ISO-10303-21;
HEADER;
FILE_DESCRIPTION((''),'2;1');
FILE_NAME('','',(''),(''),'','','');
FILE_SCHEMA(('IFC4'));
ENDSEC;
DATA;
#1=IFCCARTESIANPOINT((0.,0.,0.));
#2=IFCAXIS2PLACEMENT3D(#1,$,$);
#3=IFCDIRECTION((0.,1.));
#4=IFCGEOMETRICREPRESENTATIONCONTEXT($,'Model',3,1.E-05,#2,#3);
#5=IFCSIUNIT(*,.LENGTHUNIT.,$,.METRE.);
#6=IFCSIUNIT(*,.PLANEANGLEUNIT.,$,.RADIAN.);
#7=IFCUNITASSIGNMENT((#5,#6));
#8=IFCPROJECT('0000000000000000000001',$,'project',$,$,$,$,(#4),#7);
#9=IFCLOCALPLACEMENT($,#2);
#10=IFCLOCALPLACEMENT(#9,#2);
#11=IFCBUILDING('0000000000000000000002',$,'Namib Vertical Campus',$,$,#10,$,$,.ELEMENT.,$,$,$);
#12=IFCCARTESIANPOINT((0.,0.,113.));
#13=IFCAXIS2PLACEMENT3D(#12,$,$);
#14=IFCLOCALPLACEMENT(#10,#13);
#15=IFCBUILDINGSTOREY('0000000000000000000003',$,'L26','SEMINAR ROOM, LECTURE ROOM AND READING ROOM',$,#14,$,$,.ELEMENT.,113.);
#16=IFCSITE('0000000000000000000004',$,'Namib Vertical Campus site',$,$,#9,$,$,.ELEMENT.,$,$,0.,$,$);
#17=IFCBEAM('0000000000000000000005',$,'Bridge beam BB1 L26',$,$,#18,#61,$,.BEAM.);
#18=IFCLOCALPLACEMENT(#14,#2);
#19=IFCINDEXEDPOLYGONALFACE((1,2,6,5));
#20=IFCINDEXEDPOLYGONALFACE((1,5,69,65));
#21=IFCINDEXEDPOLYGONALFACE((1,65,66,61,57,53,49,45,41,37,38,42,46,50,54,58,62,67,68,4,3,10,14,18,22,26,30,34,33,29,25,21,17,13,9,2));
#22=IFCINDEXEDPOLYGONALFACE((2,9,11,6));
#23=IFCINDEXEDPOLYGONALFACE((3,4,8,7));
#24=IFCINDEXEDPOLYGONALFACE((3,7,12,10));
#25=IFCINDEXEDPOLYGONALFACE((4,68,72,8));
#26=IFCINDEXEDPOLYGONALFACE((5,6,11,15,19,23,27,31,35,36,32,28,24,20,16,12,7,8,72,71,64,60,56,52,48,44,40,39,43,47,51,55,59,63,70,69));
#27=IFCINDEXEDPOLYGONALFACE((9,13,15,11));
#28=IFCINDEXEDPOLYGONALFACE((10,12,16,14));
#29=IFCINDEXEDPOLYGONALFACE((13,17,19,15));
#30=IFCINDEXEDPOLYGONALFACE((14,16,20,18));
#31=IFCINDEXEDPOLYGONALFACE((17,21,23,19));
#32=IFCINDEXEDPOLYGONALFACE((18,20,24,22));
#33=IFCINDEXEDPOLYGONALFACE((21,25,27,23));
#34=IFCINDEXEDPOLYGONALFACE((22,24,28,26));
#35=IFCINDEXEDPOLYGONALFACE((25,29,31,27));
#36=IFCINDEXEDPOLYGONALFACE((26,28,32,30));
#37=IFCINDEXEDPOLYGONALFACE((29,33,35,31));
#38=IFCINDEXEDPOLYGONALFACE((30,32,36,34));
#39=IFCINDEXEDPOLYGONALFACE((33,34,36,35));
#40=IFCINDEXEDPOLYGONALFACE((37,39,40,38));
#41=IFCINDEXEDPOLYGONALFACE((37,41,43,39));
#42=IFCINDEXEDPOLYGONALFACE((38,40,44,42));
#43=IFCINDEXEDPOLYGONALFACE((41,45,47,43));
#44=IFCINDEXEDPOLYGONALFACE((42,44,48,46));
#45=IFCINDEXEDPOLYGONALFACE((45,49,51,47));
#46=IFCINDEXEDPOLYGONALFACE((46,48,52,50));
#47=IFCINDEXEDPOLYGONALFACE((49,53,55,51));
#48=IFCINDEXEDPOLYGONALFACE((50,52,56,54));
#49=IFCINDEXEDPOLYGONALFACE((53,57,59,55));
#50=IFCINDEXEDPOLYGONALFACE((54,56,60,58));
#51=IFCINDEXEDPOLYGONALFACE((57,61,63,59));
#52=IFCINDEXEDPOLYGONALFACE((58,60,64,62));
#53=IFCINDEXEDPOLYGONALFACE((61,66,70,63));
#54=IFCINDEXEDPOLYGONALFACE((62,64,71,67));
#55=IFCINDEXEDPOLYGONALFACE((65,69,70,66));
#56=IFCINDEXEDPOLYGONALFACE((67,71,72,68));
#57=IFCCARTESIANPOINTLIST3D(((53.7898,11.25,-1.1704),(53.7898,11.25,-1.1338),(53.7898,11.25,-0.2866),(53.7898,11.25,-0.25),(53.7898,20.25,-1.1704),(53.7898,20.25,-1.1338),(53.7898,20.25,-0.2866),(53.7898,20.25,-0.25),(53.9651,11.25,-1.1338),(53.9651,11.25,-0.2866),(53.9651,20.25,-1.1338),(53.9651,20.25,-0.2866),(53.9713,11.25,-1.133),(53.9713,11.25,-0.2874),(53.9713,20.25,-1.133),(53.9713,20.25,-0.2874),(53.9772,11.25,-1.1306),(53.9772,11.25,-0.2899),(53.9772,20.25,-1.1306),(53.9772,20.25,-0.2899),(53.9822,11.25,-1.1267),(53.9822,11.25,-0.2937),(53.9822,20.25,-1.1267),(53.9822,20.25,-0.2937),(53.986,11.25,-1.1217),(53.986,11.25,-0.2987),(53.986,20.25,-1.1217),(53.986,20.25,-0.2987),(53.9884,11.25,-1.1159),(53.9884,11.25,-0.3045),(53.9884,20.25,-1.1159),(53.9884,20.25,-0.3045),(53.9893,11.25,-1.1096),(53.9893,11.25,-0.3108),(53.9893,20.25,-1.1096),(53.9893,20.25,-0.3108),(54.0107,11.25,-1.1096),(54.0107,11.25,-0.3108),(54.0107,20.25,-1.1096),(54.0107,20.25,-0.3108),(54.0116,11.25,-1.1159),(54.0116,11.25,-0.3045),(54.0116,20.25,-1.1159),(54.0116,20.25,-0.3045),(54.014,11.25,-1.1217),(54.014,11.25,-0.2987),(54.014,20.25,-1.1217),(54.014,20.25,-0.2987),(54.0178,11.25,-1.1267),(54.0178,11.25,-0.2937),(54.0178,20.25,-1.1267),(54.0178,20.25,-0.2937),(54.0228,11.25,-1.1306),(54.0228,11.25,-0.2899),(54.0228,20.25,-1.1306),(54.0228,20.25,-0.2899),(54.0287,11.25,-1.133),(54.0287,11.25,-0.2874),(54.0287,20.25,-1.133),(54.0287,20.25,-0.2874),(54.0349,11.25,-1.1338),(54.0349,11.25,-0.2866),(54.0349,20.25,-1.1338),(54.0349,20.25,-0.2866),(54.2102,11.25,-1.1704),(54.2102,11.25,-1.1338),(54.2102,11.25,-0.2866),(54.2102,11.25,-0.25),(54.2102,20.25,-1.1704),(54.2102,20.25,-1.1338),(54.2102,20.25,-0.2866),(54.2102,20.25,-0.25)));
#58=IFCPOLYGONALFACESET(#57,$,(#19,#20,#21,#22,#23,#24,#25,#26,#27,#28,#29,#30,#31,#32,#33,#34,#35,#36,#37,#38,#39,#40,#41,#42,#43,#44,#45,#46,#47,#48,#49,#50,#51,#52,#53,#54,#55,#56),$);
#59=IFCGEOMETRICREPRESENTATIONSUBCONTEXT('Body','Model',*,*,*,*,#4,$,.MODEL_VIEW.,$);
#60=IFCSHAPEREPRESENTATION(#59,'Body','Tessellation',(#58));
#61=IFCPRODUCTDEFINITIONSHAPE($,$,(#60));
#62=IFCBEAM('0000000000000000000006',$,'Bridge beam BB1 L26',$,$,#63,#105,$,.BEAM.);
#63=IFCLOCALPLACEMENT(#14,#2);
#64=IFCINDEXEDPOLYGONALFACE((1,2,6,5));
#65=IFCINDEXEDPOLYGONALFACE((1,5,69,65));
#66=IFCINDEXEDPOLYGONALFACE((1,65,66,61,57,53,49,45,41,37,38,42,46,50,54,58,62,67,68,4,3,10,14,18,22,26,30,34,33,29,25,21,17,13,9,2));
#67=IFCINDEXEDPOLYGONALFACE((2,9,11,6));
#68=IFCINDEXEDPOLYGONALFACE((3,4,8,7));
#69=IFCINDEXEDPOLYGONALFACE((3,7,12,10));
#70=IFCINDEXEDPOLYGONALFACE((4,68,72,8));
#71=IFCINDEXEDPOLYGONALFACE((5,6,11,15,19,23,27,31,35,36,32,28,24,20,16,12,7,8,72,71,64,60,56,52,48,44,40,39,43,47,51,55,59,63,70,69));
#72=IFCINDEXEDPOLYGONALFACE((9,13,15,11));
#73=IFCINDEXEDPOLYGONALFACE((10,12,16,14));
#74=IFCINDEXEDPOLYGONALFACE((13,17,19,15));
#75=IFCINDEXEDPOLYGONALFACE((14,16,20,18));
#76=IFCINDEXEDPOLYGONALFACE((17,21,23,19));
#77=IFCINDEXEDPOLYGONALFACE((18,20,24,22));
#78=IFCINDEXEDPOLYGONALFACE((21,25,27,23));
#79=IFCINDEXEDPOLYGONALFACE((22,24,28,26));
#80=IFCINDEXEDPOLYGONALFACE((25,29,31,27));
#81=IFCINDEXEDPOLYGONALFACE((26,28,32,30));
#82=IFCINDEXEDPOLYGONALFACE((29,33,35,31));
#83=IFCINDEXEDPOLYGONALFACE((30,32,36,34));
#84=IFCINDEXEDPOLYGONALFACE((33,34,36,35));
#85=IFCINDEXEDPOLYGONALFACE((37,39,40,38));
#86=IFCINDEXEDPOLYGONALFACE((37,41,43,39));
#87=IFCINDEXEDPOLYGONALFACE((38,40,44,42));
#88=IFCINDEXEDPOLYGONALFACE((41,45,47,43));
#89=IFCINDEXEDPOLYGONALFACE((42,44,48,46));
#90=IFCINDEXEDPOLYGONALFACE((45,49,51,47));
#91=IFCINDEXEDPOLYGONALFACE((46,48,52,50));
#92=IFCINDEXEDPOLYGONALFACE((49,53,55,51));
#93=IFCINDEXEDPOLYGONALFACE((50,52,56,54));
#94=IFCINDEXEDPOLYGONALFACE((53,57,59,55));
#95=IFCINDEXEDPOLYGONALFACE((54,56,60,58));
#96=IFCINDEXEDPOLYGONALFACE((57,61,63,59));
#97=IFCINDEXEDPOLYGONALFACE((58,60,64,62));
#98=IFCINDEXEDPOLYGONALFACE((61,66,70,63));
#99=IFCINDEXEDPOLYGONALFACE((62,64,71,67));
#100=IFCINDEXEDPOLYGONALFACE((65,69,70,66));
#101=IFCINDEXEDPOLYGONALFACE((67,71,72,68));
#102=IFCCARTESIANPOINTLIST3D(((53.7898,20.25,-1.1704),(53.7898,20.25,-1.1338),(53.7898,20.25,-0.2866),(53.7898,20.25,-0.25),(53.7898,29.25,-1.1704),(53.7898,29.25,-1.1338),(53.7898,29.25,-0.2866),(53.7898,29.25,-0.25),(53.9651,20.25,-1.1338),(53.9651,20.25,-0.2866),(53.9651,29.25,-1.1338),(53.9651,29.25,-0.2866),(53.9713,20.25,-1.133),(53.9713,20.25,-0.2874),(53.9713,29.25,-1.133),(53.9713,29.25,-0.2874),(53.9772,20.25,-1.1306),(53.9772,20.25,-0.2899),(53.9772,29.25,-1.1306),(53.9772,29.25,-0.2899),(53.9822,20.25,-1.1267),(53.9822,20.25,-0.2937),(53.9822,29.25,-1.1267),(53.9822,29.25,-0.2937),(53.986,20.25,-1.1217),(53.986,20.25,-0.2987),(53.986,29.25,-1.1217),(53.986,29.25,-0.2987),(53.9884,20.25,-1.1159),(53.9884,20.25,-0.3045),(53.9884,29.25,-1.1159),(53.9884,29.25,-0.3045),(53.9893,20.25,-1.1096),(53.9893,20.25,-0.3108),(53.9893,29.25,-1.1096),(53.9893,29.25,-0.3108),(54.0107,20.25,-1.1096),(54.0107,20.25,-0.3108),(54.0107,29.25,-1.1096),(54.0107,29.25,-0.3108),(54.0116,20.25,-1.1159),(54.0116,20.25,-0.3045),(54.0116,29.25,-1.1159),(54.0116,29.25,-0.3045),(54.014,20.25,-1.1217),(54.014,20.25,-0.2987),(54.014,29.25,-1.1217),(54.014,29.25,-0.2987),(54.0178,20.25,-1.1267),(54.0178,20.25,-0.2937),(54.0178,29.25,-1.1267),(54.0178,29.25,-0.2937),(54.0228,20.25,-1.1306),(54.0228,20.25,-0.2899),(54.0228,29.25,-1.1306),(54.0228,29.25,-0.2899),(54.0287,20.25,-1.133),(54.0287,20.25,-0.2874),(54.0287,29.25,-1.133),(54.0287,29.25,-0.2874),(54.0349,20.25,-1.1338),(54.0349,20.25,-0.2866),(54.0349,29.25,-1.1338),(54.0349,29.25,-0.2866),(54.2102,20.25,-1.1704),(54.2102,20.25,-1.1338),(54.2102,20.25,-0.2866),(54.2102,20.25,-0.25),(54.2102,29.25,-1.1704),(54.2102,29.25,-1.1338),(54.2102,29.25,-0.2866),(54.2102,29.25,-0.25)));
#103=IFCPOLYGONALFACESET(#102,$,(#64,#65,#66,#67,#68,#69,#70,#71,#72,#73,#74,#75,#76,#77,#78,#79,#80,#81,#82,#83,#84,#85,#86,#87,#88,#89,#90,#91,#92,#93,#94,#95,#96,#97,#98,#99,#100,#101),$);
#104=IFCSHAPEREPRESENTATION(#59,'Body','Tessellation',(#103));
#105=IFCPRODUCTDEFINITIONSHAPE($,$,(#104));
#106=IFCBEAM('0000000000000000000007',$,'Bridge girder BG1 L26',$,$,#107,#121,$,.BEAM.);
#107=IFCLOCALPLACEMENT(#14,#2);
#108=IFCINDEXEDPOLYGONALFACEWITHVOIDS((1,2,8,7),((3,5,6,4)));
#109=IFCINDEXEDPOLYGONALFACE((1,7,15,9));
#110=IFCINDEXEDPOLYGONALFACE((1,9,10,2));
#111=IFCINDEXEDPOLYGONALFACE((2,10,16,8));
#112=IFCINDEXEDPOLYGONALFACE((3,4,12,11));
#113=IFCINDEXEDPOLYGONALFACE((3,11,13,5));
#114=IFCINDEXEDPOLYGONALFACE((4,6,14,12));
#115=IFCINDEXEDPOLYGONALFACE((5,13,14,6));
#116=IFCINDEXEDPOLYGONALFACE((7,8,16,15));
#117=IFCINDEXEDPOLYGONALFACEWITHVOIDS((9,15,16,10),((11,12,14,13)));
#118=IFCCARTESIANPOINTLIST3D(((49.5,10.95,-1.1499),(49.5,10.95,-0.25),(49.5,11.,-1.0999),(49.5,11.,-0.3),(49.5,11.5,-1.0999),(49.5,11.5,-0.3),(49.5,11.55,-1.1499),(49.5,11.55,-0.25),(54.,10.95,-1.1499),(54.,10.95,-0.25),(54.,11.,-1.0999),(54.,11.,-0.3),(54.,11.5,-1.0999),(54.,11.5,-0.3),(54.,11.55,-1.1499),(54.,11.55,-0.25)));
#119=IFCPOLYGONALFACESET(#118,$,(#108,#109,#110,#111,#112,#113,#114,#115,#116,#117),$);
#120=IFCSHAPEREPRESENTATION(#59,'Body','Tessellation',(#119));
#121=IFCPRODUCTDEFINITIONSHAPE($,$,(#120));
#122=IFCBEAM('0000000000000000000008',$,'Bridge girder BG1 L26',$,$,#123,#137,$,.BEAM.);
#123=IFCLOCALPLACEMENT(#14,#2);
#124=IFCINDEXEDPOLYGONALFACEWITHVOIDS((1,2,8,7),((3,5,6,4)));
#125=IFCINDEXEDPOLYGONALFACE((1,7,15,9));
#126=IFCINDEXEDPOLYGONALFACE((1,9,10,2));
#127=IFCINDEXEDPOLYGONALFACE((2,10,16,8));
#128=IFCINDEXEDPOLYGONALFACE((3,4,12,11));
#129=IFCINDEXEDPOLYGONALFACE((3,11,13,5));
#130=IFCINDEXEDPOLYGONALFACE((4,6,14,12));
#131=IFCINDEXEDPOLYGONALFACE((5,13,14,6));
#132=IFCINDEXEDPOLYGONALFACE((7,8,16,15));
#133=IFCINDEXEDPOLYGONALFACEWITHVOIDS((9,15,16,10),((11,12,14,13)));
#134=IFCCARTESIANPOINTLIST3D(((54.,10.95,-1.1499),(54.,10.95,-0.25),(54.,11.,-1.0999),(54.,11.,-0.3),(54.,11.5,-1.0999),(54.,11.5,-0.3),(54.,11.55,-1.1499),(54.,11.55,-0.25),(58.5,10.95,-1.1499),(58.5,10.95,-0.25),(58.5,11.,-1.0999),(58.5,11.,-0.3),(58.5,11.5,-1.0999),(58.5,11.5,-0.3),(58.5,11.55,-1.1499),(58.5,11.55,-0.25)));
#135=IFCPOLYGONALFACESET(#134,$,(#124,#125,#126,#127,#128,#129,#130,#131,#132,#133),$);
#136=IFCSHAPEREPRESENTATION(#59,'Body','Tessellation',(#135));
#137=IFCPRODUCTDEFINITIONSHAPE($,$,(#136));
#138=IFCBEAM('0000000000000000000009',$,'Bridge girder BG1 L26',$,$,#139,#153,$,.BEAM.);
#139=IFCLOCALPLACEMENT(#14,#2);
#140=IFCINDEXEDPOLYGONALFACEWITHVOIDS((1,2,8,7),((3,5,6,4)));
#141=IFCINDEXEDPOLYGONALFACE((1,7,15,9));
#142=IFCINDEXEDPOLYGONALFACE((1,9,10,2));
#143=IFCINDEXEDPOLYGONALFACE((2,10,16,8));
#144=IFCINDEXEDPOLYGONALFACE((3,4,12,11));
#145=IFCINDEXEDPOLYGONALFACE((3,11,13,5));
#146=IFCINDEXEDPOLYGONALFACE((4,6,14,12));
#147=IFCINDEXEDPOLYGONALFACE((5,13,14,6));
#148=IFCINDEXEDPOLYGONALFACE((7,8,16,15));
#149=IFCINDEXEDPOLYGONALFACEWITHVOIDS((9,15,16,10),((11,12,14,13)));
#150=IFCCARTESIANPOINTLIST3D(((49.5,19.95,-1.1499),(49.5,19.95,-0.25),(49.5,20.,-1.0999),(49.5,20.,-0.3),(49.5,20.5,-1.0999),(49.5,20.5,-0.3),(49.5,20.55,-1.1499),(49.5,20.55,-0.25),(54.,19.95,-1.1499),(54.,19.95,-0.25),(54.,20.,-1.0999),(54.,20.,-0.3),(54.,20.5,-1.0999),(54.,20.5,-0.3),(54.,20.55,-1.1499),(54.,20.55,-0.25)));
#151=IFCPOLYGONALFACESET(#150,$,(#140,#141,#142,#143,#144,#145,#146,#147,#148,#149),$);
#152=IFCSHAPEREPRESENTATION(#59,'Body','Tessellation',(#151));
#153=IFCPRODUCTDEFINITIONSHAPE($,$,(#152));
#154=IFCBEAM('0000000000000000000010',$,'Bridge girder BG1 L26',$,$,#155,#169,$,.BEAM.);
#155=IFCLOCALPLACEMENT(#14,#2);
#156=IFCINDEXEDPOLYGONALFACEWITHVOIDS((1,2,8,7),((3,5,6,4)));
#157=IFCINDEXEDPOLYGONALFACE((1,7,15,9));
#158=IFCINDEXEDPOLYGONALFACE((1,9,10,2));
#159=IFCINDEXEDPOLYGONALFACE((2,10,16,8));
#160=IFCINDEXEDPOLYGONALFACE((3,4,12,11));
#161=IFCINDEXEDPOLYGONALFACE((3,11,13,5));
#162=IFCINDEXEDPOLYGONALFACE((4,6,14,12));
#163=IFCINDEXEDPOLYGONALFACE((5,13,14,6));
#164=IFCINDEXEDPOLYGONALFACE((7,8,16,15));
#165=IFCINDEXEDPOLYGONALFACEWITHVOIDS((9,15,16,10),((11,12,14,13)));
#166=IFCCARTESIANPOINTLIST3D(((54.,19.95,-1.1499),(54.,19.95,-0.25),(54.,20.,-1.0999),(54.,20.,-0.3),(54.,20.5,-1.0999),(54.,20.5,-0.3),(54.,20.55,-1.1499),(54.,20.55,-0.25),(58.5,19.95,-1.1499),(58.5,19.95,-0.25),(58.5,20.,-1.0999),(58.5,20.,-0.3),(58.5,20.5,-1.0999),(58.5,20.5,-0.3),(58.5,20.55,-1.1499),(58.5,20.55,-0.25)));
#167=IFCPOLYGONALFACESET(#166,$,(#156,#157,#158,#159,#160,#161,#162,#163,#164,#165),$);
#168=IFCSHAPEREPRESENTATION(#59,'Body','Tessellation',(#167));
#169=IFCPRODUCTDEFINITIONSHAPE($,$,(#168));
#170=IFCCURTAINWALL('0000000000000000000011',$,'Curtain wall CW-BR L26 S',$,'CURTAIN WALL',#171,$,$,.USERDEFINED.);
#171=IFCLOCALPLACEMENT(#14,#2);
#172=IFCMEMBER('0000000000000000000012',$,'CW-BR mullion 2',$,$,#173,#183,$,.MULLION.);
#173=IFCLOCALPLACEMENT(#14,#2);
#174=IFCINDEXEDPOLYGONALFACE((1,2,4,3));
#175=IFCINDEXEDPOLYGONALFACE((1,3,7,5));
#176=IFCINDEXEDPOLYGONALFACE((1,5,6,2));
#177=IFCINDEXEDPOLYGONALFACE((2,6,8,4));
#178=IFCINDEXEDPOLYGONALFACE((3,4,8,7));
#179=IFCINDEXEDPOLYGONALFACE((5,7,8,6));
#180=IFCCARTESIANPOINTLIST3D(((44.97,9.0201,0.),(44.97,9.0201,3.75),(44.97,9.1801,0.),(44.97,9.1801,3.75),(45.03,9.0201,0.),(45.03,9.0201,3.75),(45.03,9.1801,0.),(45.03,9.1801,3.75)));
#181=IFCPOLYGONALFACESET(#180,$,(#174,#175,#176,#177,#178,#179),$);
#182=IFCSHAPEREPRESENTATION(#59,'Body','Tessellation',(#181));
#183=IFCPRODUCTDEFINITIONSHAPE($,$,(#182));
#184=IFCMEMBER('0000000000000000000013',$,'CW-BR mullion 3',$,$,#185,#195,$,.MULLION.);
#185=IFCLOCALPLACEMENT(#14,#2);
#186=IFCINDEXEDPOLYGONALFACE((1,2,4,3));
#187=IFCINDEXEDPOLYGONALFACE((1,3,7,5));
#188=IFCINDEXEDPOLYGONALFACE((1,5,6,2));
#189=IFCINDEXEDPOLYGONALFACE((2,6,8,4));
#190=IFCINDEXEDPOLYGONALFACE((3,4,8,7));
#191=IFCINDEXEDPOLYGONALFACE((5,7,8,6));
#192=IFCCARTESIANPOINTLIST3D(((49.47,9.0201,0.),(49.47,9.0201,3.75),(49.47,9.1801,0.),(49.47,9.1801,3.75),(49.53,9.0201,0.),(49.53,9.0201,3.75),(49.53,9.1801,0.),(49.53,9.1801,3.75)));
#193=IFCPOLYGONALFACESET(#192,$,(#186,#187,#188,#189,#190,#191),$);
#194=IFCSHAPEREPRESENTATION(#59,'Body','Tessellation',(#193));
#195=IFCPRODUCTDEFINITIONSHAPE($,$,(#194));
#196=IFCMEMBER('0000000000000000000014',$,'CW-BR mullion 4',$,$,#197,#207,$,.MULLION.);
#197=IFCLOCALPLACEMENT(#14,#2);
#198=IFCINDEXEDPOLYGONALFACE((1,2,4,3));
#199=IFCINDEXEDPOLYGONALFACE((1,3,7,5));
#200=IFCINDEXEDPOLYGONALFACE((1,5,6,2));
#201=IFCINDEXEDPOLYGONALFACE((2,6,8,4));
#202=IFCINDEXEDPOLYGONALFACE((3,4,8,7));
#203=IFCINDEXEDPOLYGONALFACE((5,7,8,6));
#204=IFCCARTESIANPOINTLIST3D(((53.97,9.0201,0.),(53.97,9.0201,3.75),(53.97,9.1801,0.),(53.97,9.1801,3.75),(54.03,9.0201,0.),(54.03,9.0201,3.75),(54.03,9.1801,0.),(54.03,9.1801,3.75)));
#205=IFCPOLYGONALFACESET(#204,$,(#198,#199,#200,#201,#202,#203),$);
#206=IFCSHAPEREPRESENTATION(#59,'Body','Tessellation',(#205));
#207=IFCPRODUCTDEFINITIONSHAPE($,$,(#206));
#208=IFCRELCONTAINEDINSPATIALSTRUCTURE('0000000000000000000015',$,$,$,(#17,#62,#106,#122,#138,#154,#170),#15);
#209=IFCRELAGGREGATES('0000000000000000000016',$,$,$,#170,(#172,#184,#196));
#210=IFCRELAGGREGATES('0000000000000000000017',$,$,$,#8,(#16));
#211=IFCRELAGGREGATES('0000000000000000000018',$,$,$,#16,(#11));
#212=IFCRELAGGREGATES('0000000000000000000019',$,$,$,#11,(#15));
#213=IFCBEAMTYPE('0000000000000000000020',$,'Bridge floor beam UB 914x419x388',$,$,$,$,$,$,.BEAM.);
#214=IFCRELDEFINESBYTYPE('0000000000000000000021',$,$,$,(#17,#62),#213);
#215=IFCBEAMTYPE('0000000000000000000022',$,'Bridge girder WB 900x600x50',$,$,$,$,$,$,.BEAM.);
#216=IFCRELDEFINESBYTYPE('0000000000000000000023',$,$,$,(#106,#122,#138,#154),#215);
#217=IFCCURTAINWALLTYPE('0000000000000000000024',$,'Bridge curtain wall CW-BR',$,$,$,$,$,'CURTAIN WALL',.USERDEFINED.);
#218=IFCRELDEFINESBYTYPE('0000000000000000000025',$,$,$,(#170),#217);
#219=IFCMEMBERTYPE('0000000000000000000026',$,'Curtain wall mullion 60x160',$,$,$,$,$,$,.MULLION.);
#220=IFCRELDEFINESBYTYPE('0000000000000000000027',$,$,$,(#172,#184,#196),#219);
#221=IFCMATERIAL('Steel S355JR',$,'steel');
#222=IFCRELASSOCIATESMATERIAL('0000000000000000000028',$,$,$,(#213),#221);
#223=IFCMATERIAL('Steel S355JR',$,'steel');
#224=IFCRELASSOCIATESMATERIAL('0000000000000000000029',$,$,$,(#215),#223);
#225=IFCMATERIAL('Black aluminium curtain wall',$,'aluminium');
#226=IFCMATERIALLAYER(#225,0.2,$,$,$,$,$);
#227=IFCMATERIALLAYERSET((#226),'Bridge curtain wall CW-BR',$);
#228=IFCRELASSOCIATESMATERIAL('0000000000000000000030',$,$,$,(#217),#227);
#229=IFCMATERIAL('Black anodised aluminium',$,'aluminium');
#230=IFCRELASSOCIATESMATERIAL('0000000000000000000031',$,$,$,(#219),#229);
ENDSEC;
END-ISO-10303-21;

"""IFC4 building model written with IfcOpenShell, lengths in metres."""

from ifc_helpers import new_model, si_unit, direction, frame, origin, origin_2d, place, context, subcontext, project, spatial, rectangle, hollow_rectangle, i_section, extrude, material, layer, layer_set, material_profile, profile_set, type_object, element, aggregate, save


model = new_model("IFC4")

# Units and contexts
model_context = context("Model", 3, precision=1e-05, world=origin(), true_north=direction((0.0, 1.0)))
body_context = subcontext(model_context, "Body", "Model", "MODEL_VIEW")
ifc_project = project(units=[si_unit("LENGTHUNIT", "METRE"), si_unit("PLANEANGLEUNIT", "RADIAN")], contexts=[model_context])

# Site, building, storey
site_placement = place(None, origin())
site = spatial("IfcSite", under=ifc_project, at=site_placement, Name="Namib Vertical Campus site", CompositionType="ELEMENT", RefElevation=0.0)
building_placement = place(site_placement, origin())
building = spatial("IfcBuilding", under=site, at=building_placement, Name="Namib Vertical Campus", CompositionType="ELEMENT")
storey_placement = place(building_placement, frame((0.0, 0.0, 113.0)))
storey = spatial("IfcBuildingStorey", under=building, at=storey_placement, Name="L26", Description="SEMINAR ROOM, LECTURE ROOM AND READING ROOM", CompositionType="ELEMENT", Elevation=113.0)

# Beams
ifc_material_1 = material(Name="Steel S355JR", Category="steel")
ifc_material_profile_1 = material_profile(ifc_material_1, i_section(OverallWidth=0.4204, OverallDepth=0.9204, WebThickness=0.0215, FlangeThickness=0.0366, FilletRadius=0.0242, at=origin_2d()))
ifc_profile_set_1 = profile_set([ifc_material_profile_1], Name="Steel S355JR")
beam_type_1 = type_object("IfcBeamType", Name="Bridge floor beam UB 914x419x388", PredefinedType="BEAM", material=ifc_profile_set_1)
for number, where, z_axis, x_axis, name in (
    (1, (54.0, 11.25, -0.7102), (0.0, 1.0, 0.0), (-1.0, 0.0, 0.0), "Bridge beam BB1 L26"),
    (2, (54.0, 20.25, -0.7102), (0.0, 1.0, 0.0), (-1.0, 0.0, 0.0), "Bridge beam BB1 L26"),
):
    element("IfcBeam", number, at=place(storey_placement, frame(where, z_axis=z_axis, x_axis=x_axis)), inside=storey, type_object=beam_type_1, Name=name, PredefinedType="BEAM", context=body_context, shape_type="SweptSolid", body=[
        extrude(i_section(OverallWidth=0.4204, OverallDepth=0.9204, WebThickness=0.0215, FlangeThickness=0.0366, FilletRadius=0.0242, at=origin_2d()), origin(), (0.0, 0.0, 1.0), 9.0),
    ])
ifc_material_2 = material(Name="Steel S355JR", Category="steel")
ifc_material_profile_2 = material_profile(ifc_material_2, hollow_rectangle(XDim=0.6001, YDim=0.8999, WallThickness=0.05, at=origin_2d()))
ifc_profile_set_2 = profile_set([ifc_material_profile_2], Name="Steel S355JR")
beam_type_2 = type_object("IfcBeamType", Name="Bridge girder WB 900x600x50", PredefinedType="BEAM", material=ifc_profile_set_2)
for number, where, z_axis, x_axis, name in (
    (3, (49.5, 11.25, -0.7), (1.0, 0.0, 0.0), (0.0, 1.0, 0.0), "Bridge girder BG1 L26"),
    (4, (54.0, 11.25, -0.7), (1.0, 0.0, 0.0), (0.0, 1.0, 0.0), "Bridge girder BG1 L26"),
    (5, (49.5, 20.25, -0.7), (1.0, 0.0, 0.0), (0.0, 1.0, 0.0), "Bridge girder BG1 L26"),
    (6, (54.0, 20.25, -0.7), (1.0, 0.0, 0.0), (0.0, 1.0, 0.0), "Bridge girder BG1 L26"),
):
    element("IfcBeam", number, at=place(storey_placement, frame(where, z_axis=z_axis, x_axis=x_axis)), inside=storey, type_object=beam_type_2, Name=name, PredefinedType="BEAM", context=body_context, shape_type="SweptSolid", body=[
        extrude(hollow_rectangle(XDim=0.6001, YDim=0.8999, WallThickness=0.05, at=origin_2d()), origin(), (0.0, 0.0, 1.0), 4.5),
    ])

# Curtain wall, members
ifc_material_3 = material(Name="Black aluminium curtain wall", Category="aluminium")
ifc_layer_1 = layer(ifc_material_3, 0.2)
ifc_layer_set_1 = layer_set([ifc_layer_1], Name="Bridge curtain wall CW-BR")
curtain_wall_type = type_object("IfcCurtainWallType", Name="Bridge curtain wall CW-BR", ElementType="CURTAIN WALL", PredefinedType="USERDEFINED", material=ifc_layer_set_1)
curtain_wall_placement = place(storey_placement, origin())
curtain_wall = element("IfcCurtainWall", 7, at=curtain_wall_placement, inside=storey, type_object=curtain_wall_type, Name="Curtain wall CW-BR L26 S", ObjectType="CURTAIN WALL", PredefinedType="USERDEFINED")
ifc_material_4 = material(Name="Black anodised aluminium", Category="aluminium")
ifc_material_profile_3 = material_profile(ifc_material_4, rectangle(XDim=0.0601, YDim=0.1599, at=origin_2d()))
ifc_profile_set_3 = profile_set([ifc_material_profile_3], Name="Black anodised aluminium")
member_type_1 = type_object("IfcMemberType", Name="Curtain wall mullion 60x160", PredefinedType="MULLION", material=ifc_profile_set_3)
member_1_placement = place(storey_placement, frame((45.0, 9.1001, 0.0), z_axis=(0.0, 0.0, 1.0), x_axis=(1.0, 0.0, 0.0)))
member_1 = element("IfcMember", 8, at=member_1_placement, type_object=member_type_1, Name="CW-BR mullion 2", PredefinedType="MULLION", context=body_context, shape_type="SweptSolid", body=[
    extrude(rectangle(XDim=0.0601, YDim=0.1599, at=origin_2d()), origin(), (0.0, 0.0, 1.0), 3.75),
])
member_2_placement = place(storey_placement, frame((49.5, 9.1001, 0.0), z_axis=(0.0, 0.0, 1.0), x_axis=(1.0, 0.0, 0.0)))
member_2 = element("IfcMember", 9, at=member_2_placement, type_object=member_type_1, Name="CW-BR mullion 3", PredefinedType="MULLION", context=body_context, shape_type="SweptSolid", body=[
    extrude(rectangle(XDim=0.0601, YDim=0.1599, at=origin_2d()), origin(), (0.0, 0.0, 1.0), 3.75),
])
member_3_placement = place(storey_placement, frame((54.0, 9.1001, 0.0), z_axis=(0.0, 0.0, 1.0), x_axis=(1.0, 0.0, 0.0)))
member_3 = element("IfcMember", 10, at=member_3_placement, type_object=member_type_1, Name="CW-BR mullion 4", PredefinedType="MULLION", context=body_context, shape_type="SweptSolid", body=[
    extrude(rectangle(XDim=0.0601, YDim=0.1599, at=origin_2d()), origin(), (0.0, 0.0, 1.0), 3.75),
])
aggregate(curtain_wall, [member_1, member_2, member_3])

save(model, "model.ifc")
